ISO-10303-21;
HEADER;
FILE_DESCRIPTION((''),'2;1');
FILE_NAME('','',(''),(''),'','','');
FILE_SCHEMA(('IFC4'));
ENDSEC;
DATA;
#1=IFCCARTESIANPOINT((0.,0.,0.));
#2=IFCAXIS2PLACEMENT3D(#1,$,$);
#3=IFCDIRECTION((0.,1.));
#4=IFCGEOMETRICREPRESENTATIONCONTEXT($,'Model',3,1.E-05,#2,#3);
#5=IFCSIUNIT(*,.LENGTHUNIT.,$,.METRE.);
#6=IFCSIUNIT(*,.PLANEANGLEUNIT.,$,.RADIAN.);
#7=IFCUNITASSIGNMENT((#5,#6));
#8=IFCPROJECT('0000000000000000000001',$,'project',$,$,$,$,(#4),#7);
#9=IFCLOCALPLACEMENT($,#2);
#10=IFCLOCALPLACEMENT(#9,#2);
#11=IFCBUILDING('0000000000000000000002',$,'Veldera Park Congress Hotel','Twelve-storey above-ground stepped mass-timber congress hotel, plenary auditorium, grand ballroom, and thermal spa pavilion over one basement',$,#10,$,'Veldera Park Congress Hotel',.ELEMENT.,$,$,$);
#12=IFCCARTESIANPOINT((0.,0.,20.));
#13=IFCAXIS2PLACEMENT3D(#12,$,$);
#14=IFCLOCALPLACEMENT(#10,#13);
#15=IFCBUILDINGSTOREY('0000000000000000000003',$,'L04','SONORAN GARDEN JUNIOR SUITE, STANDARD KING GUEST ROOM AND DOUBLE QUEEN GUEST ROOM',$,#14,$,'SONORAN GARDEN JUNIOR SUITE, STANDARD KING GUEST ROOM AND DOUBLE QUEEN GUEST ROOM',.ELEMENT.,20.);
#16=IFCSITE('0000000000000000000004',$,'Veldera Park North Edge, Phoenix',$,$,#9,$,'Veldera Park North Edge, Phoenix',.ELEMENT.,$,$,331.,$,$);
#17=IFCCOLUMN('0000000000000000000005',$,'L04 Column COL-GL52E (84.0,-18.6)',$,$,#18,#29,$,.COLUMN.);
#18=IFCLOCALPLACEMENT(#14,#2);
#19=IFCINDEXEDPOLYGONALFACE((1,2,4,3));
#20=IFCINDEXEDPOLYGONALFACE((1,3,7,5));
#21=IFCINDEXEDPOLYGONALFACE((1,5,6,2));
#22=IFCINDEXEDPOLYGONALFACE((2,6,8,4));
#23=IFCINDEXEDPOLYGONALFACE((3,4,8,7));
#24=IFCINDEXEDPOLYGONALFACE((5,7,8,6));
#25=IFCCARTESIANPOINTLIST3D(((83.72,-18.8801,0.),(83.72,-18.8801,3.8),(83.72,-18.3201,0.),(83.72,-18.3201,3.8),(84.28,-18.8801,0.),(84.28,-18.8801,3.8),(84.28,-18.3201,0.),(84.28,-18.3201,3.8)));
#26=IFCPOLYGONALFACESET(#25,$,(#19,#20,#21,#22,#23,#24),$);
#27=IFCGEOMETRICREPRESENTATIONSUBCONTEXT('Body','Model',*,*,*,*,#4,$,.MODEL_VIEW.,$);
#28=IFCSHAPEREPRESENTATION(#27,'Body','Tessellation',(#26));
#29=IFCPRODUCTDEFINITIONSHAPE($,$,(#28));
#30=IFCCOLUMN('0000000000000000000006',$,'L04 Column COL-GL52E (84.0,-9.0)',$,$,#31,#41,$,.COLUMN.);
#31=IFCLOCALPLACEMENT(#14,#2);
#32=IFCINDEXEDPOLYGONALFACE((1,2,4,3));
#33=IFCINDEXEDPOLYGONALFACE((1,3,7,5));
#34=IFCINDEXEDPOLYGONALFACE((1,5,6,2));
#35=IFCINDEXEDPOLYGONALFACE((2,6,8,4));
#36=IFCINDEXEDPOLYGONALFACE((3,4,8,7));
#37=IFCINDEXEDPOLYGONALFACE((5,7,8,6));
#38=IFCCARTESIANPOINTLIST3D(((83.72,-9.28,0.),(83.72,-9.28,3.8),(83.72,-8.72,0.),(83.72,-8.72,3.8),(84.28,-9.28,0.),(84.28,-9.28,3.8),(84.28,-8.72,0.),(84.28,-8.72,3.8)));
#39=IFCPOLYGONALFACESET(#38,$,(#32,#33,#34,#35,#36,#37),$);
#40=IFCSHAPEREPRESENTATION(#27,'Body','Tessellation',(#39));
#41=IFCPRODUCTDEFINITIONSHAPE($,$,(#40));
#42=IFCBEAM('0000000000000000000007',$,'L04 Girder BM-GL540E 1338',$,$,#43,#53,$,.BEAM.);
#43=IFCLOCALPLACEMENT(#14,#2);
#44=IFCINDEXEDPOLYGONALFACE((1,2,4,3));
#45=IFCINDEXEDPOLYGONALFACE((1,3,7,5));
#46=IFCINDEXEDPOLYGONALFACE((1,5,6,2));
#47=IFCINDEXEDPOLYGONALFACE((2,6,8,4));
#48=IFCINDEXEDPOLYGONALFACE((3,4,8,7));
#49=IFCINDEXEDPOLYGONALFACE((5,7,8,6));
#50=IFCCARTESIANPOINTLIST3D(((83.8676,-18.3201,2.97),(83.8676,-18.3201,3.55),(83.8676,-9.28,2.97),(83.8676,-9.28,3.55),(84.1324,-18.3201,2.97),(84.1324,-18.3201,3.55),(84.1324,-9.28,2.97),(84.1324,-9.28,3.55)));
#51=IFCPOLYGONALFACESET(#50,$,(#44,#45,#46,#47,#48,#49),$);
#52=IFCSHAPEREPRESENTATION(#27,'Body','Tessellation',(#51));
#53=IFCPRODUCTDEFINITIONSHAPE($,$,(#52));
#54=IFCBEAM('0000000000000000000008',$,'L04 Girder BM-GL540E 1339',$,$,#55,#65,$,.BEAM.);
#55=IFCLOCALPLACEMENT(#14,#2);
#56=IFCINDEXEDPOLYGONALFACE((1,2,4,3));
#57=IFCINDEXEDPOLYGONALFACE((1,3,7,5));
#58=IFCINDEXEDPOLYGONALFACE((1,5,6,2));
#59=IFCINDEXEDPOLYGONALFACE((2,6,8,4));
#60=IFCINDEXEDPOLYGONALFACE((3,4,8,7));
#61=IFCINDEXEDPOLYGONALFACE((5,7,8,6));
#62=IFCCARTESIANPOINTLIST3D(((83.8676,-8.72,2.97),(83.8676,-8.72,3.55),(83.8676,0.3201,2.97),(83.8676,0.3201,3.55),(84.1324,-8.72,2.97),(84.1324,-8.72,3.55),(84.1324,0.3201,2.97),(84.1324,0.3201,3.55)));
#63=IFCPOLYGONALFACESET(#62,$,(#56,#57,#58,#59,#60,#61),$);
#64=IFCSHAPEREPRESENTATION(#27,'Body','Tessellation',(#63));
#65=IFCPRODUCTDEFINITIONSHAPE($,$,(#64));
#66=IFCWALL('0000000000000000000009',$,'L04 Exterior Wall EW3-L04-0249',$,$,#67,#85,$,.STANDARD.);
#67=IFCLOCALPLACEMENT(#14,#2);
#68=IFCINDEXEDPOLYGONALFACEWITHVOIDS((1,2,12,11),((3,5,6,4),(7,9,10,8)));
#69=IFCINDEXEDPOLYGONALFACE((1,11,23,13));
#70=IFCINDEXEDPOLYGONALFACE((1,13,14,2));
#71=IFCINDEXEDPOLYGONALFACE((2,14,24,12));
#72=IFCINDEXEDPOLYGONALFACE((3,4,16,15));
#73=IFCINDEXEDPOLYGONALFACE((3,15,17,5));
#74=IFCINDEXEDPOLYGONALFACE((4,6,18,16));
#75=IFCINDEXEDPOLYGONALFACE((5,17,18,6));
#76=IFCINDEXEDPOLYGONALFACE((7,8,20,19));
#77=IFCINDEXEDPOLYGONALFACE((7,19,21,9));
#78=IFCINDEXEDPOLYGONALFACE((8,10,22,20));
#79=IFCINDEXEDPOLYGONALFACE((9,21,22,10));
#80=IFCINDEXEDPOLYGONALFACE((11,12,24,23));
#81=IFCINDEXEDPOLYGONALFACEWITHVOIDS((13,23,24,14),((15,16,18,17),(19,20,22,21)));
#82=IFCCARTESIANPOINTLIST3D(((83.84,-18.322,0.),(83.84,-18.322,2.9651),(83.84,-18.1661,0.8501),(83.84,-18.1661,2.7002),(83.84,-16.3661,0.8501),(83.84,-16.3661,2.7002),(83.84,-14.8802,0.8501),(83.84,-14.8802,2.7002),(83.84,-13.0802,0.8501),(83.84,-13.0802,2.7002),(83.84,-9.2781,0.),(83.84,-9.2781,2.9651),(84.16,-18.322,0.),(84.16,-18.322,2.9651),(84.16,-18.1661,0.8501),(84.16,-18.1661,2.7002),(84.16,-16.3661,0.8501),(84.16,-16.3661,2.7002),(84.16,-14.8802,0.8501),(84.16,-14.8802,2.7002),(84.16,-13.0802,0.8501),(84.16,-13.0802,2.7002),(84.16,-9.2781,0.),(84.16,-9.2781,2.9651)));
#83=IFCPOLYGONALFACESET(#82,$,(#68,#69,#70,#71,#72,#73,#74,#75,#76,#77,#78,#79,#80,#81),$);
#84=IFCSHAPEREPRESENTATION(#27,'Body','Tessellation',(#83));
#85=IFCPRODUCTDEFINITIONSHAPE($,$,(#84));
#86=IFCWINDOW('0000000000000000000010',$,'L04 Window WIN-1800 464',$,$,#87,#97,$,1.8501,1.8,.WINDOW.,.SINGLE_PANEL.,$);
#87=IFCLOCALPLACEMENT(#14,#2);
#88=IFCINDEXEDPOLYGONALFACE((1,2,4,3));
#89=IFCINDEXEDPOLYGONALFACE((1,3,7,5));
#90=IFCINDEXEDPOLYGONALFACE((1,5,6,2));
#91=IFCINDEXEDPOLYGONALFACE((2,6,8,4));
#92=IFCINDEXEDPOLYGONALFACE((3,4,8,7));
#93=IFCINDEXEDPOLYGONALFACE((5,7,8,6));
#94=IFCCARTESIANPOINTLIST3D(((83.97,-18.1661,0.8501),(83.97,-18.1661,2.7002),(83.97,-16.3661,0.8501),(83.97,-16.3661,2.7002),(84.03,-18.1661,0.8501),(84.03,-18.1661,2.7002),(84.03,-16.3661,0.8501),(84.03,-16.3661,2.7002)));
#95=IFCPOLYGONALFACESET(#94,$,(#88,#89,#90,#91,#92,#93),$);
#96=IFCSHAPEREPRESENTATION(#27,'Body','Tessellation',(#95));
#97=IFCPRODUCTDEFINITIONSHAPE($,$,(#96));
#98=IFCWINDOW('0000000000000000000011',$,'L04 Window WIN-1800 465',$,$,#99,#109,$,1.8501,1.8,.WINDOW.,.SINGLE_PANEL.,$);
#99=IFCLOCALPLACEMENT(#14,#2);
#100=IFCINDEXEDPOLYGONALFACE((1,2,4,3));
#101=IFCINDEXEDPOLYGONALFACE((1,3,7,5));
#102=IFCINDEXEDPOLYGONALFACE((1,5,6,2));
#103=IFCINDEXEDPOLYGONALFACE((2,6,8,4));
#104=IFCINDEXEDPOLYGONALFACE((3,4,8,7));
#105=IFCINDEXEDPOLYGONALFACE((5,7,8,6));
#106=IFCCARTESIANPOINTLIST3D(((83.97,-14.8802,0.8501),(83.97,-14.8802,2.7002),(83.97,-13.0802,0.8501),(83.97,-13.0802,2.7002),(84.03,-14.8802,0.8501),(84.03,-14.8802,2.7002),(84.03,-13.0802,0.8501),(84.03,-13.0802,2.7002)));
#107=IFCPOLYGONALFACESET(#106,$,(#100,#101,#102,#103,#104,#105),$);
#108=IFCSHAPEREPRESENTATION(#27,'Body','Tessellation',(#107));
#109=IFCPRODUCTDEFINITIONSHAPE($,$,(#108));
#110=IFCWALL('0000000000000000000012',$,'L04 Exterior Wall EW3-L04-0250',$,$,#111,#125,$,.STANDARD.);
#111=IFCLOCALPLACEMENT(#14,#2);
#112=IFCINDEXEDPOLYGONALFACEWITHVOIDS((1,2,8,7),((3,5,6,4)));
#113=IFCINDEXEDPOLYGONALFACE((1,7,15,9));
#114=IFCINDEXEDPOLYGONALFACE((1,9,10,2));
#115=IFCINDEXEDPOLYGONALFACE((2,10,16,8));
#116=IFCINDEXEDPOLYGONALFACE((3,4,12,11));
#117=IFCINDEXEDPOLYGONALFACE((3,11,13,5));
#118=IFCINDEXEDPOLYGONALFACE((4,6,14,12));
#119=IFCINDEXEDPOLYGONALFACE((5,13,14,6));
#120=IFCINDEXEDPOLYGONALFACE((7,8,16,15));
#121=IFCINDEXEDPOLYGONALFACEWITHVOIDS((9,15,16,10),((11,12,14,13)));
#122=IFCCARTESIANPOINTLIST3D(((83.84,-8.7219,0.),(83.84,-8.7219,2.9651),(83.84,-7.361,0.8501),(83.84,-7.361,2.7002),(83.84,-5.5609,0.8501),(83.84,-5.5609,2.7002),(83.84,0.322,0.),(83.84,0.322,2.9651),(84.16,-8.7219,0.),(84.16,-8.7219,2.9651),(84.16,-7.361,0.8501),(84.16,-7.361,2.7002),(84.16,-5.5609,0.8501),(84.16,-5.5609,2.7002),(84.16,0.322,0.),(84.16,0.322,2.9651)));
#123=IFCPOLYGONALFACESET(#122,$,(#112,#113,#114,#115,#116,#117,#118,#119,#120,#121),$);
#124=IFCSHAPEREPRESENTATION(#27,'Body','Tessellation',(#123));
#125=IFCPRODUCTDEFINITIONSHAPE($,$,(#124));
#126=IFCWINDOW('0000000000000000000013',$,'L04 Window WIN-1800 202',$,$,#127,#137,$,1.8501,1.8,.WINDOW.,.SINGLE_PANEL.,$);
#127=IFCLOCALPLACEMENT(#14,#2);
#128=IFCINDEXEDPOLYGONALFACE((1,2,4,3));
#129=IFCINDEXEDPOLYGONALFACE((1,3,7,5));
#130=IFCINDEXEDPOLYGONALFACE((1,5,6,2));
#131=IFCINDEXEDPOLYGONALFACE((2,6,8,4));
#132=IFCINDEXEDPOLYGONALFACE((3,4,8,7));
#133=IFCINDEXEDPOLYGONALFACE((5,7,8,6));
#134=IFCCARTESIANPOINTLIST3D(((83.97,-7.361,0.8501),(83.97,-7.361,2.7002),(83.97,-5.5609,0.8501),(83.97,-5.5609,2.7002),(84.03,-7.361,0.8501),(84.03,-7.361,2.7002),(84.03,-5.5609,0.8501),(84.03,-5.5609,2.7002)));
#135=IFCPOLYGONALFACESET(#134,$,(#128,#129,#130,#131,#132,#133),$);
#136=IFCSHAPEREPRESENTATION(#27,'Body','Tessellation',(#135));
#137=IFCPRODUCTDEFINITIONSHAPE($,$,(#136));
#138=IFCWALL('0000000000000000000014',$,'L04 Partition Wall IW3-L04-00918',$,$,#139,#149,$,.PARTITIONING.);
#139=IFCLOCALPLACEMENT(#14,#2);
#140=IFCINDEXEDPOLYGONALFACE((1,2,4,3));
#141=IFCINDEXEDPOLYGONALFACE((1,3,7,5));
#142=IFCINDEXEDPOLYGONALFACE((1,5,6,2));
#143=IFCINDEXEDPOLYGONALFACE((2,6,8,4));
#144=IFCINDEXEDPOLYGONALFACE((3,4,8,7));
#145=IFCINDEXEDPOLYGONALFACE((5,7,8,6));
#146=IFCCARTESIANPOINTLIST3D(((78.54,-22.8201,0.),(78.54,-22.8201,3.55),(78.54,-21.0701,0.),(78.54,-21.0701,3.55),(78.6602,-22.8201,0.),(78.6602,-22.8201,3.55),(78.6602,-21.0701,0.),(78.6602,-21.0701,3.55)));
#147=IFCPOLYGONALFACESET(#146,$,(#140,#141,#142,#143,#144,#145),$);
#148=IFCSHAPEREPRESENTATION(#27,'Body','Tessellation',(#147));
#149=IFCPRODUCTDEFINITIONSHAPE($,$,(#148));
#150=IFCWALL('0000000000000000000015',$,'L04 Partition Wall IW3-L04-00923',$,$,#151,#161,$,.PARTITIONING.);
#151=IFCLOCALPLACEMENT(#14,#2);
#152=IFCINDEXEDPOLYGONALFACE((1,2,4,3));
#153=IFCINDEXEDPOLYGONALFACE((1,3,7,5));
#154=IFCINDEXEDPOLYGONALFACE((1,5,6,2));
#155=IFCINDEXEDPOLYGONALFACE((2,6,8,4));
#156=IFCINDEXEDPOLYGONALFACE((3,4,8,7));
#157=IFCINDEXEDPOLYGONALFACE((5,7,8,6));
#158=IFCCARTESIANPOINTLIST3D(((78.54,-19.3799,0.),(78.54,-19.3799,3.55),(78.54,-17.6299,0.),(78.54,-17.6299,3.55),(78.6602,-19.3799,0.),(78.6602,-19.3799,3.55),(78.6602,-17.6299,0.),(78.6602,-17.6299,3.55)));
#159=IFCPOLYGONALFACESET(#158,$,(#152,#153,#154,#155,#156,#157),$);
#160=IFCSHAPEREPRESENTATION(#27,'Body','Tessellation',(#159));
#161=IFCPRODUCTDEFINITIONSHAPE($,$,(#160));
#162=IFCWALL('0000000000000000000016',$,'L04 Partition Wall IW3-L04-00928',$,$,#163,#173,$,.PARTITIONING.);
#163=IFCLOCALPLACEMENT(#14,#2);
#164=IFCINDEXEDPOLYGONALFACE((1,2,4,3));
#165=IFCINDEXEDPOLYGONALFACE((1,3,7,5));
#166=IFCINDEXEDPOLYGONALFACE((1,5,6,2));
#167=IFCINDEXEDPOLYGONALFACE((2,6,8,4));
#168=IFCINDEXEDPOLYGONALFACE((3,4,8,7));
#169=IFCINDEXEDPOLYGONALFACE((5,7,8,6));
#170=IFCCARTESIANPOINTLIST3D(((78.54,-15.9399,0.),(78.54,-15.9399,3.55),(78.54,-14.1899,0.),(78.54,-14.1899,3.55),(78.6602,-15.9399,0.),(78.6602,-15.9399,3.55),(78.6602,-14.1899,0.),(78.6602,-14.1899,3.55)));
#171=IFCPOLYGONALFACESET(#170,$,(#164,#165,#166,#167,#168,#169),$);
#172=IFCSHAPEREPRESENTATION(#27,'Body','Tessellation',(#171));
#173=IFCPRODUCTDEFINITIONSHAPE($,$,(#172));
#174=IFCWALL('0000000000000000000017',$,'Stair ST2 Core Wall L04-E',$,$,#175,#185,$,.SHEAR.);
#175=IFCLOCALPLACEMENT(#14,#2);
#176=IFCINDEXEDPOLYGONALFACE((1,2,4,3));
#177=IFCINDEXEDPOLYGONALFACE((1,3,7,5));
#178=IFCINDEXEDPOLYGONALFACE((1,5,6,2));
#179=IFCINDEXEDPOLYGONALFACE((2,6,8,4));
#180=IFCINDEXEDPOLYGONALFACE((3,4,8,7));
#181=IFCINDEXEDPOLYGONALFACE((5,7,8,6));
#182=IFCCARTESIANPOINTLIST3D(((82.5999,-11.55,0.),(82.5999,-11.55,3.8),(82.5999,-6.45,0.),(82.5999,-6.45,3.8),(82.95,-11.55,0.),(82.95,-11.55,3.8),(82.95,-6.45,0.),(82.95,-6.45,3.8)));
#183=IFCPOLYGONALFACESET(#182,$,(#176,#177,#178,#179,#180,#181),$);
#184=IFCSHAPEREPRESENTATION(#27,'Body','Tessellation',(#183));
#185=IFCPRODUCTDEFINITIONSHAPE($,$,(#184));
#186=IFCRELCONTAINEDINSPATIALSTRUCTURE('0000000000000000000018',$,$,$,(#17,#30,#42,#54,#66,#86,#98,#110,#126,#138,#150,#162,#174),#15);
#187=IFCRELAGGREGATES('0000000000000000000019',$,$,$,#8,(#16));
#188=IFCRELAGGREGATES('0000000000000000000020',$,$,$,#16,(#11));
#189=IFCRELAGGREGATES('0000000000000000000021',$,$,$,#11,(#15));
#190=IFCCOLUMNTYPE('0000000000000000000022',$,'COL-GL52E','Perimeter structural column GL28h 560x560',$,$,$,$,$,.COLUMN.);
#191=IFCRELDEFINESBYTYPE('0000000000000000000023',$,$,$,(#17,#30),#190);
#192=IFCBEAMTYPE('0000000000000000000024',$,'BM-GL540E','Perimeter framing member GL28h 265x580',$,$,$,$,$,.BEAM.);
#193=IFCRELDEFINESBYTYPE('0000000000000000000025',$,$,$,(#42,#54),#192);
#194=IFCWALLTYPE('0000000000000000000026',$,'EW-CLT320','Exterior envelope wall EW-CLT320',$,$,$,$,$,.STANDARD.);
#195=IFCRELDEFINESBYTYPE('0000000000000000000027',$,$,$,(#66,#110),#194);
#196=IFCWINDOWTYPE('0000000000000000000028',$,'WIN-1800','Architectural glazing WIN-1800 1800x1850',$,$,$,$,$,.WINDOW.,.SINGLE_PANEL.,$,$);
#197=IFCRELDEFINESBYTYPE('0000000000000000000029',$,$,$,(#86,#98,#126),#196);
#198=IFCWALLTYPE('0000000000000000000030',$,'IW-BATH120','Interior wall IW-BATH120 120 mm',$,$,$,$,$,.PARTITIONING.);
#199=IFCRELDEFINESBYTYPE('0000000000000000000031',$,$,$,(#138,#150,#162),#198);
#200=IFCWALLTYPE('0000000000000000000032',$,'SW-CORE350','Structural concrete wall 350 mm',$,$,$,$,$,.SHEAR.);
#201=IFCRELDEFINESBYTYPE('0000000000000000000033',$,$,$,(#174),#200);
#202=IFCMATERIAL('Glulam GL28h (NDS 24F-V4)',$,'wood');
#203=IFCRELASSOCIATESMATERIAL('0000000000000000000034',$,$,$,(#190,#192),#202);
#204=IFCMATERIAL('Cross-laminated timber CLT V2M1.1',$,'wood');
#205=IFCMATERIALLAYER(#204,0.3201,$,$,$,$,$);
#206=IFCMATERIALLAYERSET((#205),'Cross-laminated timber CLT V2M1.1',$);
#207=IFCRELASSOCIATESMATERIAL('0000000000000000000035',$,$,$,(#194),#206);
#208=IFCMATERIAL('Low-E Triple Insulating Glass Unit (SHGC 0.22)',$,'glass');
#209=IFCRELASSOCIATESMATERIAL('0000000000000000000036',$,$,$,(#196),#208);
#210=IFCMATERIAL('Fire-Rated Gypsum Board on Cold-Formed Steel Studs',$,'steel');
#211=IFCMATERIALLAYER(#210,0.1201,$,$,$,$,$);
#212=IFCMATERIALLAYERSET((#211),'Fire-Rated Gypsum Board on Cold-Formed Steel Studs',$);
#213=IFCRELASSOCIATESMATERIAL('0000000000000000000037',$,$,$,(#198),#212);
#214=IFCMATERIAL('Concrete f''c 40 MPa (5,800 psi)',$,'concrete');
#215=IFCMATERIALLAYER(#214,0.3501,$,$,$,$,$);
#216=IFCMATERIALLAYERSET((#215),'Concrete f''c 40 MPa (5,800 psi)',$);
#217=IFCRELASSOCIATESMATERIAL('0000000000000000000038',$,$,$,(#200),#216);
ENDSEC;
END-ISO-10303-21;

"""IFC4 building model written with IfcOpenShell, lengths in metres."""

from ifc_helpers import new_model, si_unit, direction, frame, frame_2d, origin, origin_2d, place, context, subcontext, project, spatial, rectangle, extrude, material, layer, layer_set, material_profile, profile_set, type_object, element, fill, save


model = new_model("IFC4")

# Units and contexts
model_context = context("Model", 3, precision=1e-05, world=origin(), true_north=direction((0.0, 1.0)))
body_context = subcontext(model_context, "Body", "Model", "MODEL_VIEW")
ifc_project = project(units=[si_unit("LENGTHUNIT", "METRE"), si_unit("PLANEANGLEUNIT", "RADIAN")], contexts=[model_context])

# Site, building, storey
site_placement = place(None, origin())
site = spatial("IfcSite", under=ifc_project, at=site_placement, Name="Veldera Park North Edge, Phoenix", LongName="Veldera Park North Edge, Phoenix", CompositionType="ELEMENT", RefElevation=331.0)
building_placement = place(site_placement, origin())
building = spatial("IfcBuilding", under=site, at=building_placement, Name="Veldera Park Congress Hotel", Description="Twelve-storey above-ground stepped mass-timber congress hotel, plenary auditorium, grand ballroom, and thermal spa pavilion over one basement", LongName="Veldera Park Congress Hotel", CompositionType="ELEMENT")
storey_placement = place(building_placement, frame((0.0, 0.0, 20.0)))
storey = spatial("IfcBuildingStorey", under=building, at=storey_placement, Name="L04", Description="SONORAN GARDEN JUNIOR SUITE, STANDARD KING GUEST ROOM AND DOUBLE QUEEN GUEST ROOM", LongName="SONORAN GARDEN JUNIOR SUITE, STANDARD KING GUEST ROOM AND DOUBLE QUEEN GUEST ROOM", CompositionType="ELEMENT", Elevation=20.0)

# Columns
ifc_material_1 = material(Name="Glulam GL28h (NDS 24F-V4)", Category="wood")
ifc_material_profile_1 = material_profile(ifc_material_1, rectangle(XDim=0.5601, YDim=0.5601, at=origin_2d()), Name="GL28h 560x560")
ifc_profile_set_1 = profile_set([ifc_material_profile_1], Name="Glulam GL28h (NDS 24F-V4)")
column_type = type_object("IfcColumnType", Name="COL-GL52E", Description="Perimeter structural column GL28h 560x560", PredefinedType="COLUMN", material=ifc_profile_set_1)
for number, where, z_axis, x_axis, name in (
    (1, (84.0, -18.6001, 0.0), (0.0, 0.0, 1.0), (1.0, 0.0, 0.0), "L04 Column COL-GL52E (84.0,-18.6)"),
    (2, (84.0, -9.0, 0.0), (0.0, 0.0, 1.0), (1.0, 0.0, 0.0), "L04 Column COL-GL52E (84.0,-9.0)"),
):
    element("IfcColumn", number, at=place(storey_placement, frame(where, z_axis=z_axis, x_axis=x_axis)), inside=storey, type_object=column_type, Name=name, PredefinedType="COLUMN", context=body_context, shape_type="SweptSolid", body=[
        extrude(rectangle(XDim=0.5601, YDim=0.5601, at=origin_2d()), origin(), (0.0, 0.0, 1.0), 3.8),
    ])

# Beams
ifc_material_profile_2 = material_profile(ifc_material_1, rectangle(XDim=0.2649, YDim=0.5801, at=origin_2d()), Name="GL28h 265x580")
ifc_profile_set_2 = profile_set([ifc_material_profile_2], Name="Glulam GL28h (NDS 24F-V4)")
beam_type = type_object("IfcBeamType", Name="BM-GL540E", Description="Perimeter framing member GL28h 265x580", PredefinedType="BEAM", material=ifc_profile_set_2)
for number, where, z_axis, x_axis, name in (
    (3, (84.0, -18.3201, 3.26), (0.0, 1.0, 0.0), (-1.0, 0.0, 0.0), "L04 Girder BM-GL540E 1338"),
    (4, (84.0, -8.72, 3.26), (0.0, 1.0, 0.0), (-1.0, 0.0, 0.0), "L04 Girder BM-GL540E 1339"),
):
    element("IfcBeam", number, at=place(storey_placement, frame(where, z_axis=z_axis, x_axis=x_axis)), inside=storey, type_object=beam_type, Name=name, PredefinedType="BEAM", context=body_context, shape_type="SweptSolid", body=[
        extrude(rectangle(XDim=0.2649, YDim=0.5801, at=origin_2d()), origin(), (0.0, 0.0, 1.0), 9.04),
    ])

# Wall, openings, windows
ifc_material_2 = material(Name="Cross-laminated timber CLT V2M1.1", Category="wood")
ifc_layer_1 = layer(ifc_material_2, 0.3201)
ifc_layer_set_1 = layer_set([ifc_layer_1], Name="Cross-laminated timber CLT V2M1.1")
wall_type_1 = type_object("IfcWallType", Name="EW-CLT320", Description="Exterior envelope wall EW-CLT320", PredefinedType="STANDARD", material=ifc_layer_set_1)
wall_1_placement = place(storey_placement, frame((84.0, -18.322, 0.0), z_axis=(0.0, 0.0, 1.0), x_axis=(0.0, 1.0, 0.0)))
wall_1 = element("IfcWall", 5, at=wall_1_placement, inside=storey, type_object=wall_type_1, Name="L04 Exterior Wall EW3-L04-0249", PredefinedType="STANDARD", context=body_context, shape_type="SweptSolid", body=[
    extrude(rectangle(XDim=9.0439, YDim=0.3201, at=frame_2d((4.522, 0.0))), origin(), (0.0, 0.0, 1.0), 2.9651),
])
opening_1_placement = place(wall_1_placement, frame((0.156, 0.0, 0.8501)))
opening_1 = element("IfcOpeningElement", 6, at=opening_1_placement, cuts=wall_1, PredefinedType="OPENING", context=body_context, shape_type="SweptSolid", body=[
    extrude(rectangle(XDim=1.8, YDim=1.8501, at=frame_2d((0.8999, 0.925))), frame((0.0, 0.1721, 0.0), z_axis=(0.0, -1.0, 0.0), x_axis=(1.0, 0.0, 0.0)), (0.0, 0.0, 1.0), 0.344),
])
opening_2_placement = place(wall_1_placement, frame((3.4419, 0.0, 0.8501)))
opening_2 = element("IfcOpeningElement", 7, at=opening_2_placement, cuts=wall_1, PredefinedType="OPENING", context=body_context, shape_type="SweptSolid", body=[
    extrude(rectangle(XDim=1.8, YDim=1.8501, at=frame_2d((0.8999, 0.925))), frame((0.0, 0.1721, 0.0), z_axis=(0.0, -1.0, 0.0), x_axis=(1.0, 0.0, 0.0)), (0.0, 0.0, 1.0), 0.344),
])
ifc_material_3 = material(Name="Low-E Triple Insulating Glass Unit (SHGC 0.22)", Category="glass")
window_type = type_object("IfcWindowType", Name="WIN-1800", Description="Architectural glazing WIN-1800 1800x1850", PartitioningType="SINGLE_PANEL", PredefinedType="WINDOW", material=ifc_material_3)
window_1_placement = place(opening_1_placement, origin())
window_1 = element("IfcWindow", 8, at=window_1_placement, inside=storey, type_object=window_type, Name="L04 Window WIN-1800 464", OverallHeight=1.8501, OverallWidth=1.8, PartitioningType="SINGLE_PANEL", PredefinedType="WINDOW", context=body_context, shape_type="SweptSolid", body=[
    extrude(rectangle(XDim=1.8, YDim=1.8501, at=frame_2d((0.8999, 0.925))), frame((0.0, 0.03, 0.0), z_axis=(0.0, -1.0, 0.0), x_axis=(1.0, 0.0, 0.0)), (0.0, 0.0, 1.0), 0.0601),
])
fill(opening_1, window_1)
window_2_placement = place(opening_2_placement, origin())
window_2 = element("IfcWindow", 9, at=window_2_placement, inside=storey, type_object=window_type, Name="L04 Window WIN-1800 465", OverallHeight=1.8501, OverallWidth=1.8, PartitioningType="SINGLE_PANEL", PredefinedType="WINDOW", context=body_context, shape_type="SweptSolid", body=[
    extrude(rectangle(XDim=1.8, YDim=1.8501, at=frame_2d((0.8999, 0.925))), frame((0.0, 0.03, 0.0), z_axis=(0.0, -1.0, 0.0), x_axis=(1.0, 0.0, 0.0)), (0.0, 0.0, 1.0), 0.0601),
])
fill(opening_2, window_2)

# Wall, opening, window
wall_2_placement = place(storey_placement, frame((84.0, -8.7219, 0.0), z_axis=(0.0, 0.0, 1.0), x_axis=(0.0, 1.0, 0.0)))
wall_2 = element("IfcWall", 10, at=wall_2_placement, inside=storey, type_object=wall_type_1, Name="L04 Exterior Wall EW3-L04-0250", PredefinedType="STANDARD", context=body_context, shape_type="SweptSolid", body=[
    extrude(rectangle(XDim=9.0439, YDim=0.3201, at=frame_2d((4.522, 0.0))), origin(), (0.0, 0.0, 1.0), 2.9651),
])
opening_3_placement = place(wall_2_placement, frame((1.3611, 0.0, 0.8501)))
opening_3 = element("IfcOpeningElement", 11, at=opening_3_placement, cuts=wall_2, PredefinedType="OPENING", context=body_context, shape_type="SweptSolid", body=[
    extrude(rectangle(XDim=1.8, YDim=1.8501, at=frame_2d((0.8999, 0.925))), frame((0.0, 0.1721, 0.0), z_axis=(0.0, -1.0, 0.0), x_axis=(1.0, 0.0, 0.0)), (0.0, 0.0, 1.0), 0.344),
])
window_3_placement = place(opening_3_placement, origin())
window_3 = element("IfcWindow", 12, at=window_3_placement, inside=storey, type_object=window_type, Name="L04 Window WIN-1800 202", OverallHeight=1.8501, OverallWidth=1.8, PartitioningType="SINGLE_PANEL", PredefinedType="WINDOW", context=body_context, shape_type="SweptSolid", body=[
    extrude(rectangle(XDim=1.8, YDim=1.8501, at=frame_2d((0.8999, 0.925))), frame((0.0, 0.03, 0.0), z_axis=(0.0, -1.0, 0.0), x_axis=(1.0, 0.0, 0.0)), (0.0, 0.0, 1.0), 0.0601),
])
fill(opening_3, window_3)

# Walls
ifc_material_4 = material(Name="Fire-Rated Gypsum Board on Cold-Formed Steel Studs", Category="steel")
ifc_layer_2 = layer(ifc_material_4, 0.1201)
ifc_layer_set_2 = layer_set([ifc_layer_2], Name="Fire-Rated Gypsum Board on Cold-Formed Steel Studs")
wall_type_2 = type_object("IfcWallType", Name="IW-BATH120", Description="Interior wall IW-BATH120 120 mm", PredefinedType="PARTITIONING", material=ifc_layer_set_2)
for number, where, z_axis, x_axis, name in (
    (13, (78.6001, -22.8201, 0.0), (0.0, 0.0, 1.0), (0.0, 1.0, 0.0), "L04 Partition Wall IW3-L04-00918"),
    (14, (78.6001, -19.3799, 0.0), (0.0, 0.0, 1.0), (0.0, 1.0, 0.0), "L04 Partition Wall IW3-L04-00923"),
    (15, (78.6001, -15.9399, 0.0), (0.0, 0.0, 1.0), (0.0, 1.0, 0.0), "L04 Partition Wall IW3-L04-00928"),
):
    element("IfcWall", number, at=place(storey_placement, frame(where, z_axis=z_axis, x_axis=x_axis)), inside=storey, type_object=wall_type_2, Name=name, PredefinedType="PARTITIONING", context=body_context, shape_type="SweptSolid", body=[
        extrude(rectangle(XDim=1.75, YDim=0.1201, at=frame_2d((0.875, 0.0))), origin(), (0.0, 0.0, 1.0), 3.55),
    ])

# Wall
ifc_material_5 = material(Name="Concrete f'c 40 MPa (5,800 psi)", Category="concrete")
ifc_layer_3 = layer(ifc_material_5, 0.3501)
ifc_layer_set_3 = layer_set([ifc_layer_3], Name="Concrete f'c 40 MPa (5,800 psi)")
wall_type_3 = type_object("IfcWallType", Name="SW-CORE350", Description="Structural concrete wall 350 mm", PredefinedType="SHEAR", material=ifc_layer_set_3)
wall_3_placement = place(storey_placement, frame((82.7749, -11.55, 0.0), z_axis=(0.0, 0.0, 1.0), x_axis=(0.0, 1.0, 0.0)))
element("IfcWall", 16, at=wall_3_placement, inside=storey, type_object=wall_type_3, Name="Stair ST2 Core Wall L04-E", PredefinedType="SHEAR", context=body_context, shape_type="SweptSolid", body=[
    extrude(rectangle(XDim=5.1001, YDim=0.3501, at=frame_2d((2.55, 0.0))), origin(), (0.0, 0.0, 1.0), 3.8),
])

save(model, "model.ifc")
